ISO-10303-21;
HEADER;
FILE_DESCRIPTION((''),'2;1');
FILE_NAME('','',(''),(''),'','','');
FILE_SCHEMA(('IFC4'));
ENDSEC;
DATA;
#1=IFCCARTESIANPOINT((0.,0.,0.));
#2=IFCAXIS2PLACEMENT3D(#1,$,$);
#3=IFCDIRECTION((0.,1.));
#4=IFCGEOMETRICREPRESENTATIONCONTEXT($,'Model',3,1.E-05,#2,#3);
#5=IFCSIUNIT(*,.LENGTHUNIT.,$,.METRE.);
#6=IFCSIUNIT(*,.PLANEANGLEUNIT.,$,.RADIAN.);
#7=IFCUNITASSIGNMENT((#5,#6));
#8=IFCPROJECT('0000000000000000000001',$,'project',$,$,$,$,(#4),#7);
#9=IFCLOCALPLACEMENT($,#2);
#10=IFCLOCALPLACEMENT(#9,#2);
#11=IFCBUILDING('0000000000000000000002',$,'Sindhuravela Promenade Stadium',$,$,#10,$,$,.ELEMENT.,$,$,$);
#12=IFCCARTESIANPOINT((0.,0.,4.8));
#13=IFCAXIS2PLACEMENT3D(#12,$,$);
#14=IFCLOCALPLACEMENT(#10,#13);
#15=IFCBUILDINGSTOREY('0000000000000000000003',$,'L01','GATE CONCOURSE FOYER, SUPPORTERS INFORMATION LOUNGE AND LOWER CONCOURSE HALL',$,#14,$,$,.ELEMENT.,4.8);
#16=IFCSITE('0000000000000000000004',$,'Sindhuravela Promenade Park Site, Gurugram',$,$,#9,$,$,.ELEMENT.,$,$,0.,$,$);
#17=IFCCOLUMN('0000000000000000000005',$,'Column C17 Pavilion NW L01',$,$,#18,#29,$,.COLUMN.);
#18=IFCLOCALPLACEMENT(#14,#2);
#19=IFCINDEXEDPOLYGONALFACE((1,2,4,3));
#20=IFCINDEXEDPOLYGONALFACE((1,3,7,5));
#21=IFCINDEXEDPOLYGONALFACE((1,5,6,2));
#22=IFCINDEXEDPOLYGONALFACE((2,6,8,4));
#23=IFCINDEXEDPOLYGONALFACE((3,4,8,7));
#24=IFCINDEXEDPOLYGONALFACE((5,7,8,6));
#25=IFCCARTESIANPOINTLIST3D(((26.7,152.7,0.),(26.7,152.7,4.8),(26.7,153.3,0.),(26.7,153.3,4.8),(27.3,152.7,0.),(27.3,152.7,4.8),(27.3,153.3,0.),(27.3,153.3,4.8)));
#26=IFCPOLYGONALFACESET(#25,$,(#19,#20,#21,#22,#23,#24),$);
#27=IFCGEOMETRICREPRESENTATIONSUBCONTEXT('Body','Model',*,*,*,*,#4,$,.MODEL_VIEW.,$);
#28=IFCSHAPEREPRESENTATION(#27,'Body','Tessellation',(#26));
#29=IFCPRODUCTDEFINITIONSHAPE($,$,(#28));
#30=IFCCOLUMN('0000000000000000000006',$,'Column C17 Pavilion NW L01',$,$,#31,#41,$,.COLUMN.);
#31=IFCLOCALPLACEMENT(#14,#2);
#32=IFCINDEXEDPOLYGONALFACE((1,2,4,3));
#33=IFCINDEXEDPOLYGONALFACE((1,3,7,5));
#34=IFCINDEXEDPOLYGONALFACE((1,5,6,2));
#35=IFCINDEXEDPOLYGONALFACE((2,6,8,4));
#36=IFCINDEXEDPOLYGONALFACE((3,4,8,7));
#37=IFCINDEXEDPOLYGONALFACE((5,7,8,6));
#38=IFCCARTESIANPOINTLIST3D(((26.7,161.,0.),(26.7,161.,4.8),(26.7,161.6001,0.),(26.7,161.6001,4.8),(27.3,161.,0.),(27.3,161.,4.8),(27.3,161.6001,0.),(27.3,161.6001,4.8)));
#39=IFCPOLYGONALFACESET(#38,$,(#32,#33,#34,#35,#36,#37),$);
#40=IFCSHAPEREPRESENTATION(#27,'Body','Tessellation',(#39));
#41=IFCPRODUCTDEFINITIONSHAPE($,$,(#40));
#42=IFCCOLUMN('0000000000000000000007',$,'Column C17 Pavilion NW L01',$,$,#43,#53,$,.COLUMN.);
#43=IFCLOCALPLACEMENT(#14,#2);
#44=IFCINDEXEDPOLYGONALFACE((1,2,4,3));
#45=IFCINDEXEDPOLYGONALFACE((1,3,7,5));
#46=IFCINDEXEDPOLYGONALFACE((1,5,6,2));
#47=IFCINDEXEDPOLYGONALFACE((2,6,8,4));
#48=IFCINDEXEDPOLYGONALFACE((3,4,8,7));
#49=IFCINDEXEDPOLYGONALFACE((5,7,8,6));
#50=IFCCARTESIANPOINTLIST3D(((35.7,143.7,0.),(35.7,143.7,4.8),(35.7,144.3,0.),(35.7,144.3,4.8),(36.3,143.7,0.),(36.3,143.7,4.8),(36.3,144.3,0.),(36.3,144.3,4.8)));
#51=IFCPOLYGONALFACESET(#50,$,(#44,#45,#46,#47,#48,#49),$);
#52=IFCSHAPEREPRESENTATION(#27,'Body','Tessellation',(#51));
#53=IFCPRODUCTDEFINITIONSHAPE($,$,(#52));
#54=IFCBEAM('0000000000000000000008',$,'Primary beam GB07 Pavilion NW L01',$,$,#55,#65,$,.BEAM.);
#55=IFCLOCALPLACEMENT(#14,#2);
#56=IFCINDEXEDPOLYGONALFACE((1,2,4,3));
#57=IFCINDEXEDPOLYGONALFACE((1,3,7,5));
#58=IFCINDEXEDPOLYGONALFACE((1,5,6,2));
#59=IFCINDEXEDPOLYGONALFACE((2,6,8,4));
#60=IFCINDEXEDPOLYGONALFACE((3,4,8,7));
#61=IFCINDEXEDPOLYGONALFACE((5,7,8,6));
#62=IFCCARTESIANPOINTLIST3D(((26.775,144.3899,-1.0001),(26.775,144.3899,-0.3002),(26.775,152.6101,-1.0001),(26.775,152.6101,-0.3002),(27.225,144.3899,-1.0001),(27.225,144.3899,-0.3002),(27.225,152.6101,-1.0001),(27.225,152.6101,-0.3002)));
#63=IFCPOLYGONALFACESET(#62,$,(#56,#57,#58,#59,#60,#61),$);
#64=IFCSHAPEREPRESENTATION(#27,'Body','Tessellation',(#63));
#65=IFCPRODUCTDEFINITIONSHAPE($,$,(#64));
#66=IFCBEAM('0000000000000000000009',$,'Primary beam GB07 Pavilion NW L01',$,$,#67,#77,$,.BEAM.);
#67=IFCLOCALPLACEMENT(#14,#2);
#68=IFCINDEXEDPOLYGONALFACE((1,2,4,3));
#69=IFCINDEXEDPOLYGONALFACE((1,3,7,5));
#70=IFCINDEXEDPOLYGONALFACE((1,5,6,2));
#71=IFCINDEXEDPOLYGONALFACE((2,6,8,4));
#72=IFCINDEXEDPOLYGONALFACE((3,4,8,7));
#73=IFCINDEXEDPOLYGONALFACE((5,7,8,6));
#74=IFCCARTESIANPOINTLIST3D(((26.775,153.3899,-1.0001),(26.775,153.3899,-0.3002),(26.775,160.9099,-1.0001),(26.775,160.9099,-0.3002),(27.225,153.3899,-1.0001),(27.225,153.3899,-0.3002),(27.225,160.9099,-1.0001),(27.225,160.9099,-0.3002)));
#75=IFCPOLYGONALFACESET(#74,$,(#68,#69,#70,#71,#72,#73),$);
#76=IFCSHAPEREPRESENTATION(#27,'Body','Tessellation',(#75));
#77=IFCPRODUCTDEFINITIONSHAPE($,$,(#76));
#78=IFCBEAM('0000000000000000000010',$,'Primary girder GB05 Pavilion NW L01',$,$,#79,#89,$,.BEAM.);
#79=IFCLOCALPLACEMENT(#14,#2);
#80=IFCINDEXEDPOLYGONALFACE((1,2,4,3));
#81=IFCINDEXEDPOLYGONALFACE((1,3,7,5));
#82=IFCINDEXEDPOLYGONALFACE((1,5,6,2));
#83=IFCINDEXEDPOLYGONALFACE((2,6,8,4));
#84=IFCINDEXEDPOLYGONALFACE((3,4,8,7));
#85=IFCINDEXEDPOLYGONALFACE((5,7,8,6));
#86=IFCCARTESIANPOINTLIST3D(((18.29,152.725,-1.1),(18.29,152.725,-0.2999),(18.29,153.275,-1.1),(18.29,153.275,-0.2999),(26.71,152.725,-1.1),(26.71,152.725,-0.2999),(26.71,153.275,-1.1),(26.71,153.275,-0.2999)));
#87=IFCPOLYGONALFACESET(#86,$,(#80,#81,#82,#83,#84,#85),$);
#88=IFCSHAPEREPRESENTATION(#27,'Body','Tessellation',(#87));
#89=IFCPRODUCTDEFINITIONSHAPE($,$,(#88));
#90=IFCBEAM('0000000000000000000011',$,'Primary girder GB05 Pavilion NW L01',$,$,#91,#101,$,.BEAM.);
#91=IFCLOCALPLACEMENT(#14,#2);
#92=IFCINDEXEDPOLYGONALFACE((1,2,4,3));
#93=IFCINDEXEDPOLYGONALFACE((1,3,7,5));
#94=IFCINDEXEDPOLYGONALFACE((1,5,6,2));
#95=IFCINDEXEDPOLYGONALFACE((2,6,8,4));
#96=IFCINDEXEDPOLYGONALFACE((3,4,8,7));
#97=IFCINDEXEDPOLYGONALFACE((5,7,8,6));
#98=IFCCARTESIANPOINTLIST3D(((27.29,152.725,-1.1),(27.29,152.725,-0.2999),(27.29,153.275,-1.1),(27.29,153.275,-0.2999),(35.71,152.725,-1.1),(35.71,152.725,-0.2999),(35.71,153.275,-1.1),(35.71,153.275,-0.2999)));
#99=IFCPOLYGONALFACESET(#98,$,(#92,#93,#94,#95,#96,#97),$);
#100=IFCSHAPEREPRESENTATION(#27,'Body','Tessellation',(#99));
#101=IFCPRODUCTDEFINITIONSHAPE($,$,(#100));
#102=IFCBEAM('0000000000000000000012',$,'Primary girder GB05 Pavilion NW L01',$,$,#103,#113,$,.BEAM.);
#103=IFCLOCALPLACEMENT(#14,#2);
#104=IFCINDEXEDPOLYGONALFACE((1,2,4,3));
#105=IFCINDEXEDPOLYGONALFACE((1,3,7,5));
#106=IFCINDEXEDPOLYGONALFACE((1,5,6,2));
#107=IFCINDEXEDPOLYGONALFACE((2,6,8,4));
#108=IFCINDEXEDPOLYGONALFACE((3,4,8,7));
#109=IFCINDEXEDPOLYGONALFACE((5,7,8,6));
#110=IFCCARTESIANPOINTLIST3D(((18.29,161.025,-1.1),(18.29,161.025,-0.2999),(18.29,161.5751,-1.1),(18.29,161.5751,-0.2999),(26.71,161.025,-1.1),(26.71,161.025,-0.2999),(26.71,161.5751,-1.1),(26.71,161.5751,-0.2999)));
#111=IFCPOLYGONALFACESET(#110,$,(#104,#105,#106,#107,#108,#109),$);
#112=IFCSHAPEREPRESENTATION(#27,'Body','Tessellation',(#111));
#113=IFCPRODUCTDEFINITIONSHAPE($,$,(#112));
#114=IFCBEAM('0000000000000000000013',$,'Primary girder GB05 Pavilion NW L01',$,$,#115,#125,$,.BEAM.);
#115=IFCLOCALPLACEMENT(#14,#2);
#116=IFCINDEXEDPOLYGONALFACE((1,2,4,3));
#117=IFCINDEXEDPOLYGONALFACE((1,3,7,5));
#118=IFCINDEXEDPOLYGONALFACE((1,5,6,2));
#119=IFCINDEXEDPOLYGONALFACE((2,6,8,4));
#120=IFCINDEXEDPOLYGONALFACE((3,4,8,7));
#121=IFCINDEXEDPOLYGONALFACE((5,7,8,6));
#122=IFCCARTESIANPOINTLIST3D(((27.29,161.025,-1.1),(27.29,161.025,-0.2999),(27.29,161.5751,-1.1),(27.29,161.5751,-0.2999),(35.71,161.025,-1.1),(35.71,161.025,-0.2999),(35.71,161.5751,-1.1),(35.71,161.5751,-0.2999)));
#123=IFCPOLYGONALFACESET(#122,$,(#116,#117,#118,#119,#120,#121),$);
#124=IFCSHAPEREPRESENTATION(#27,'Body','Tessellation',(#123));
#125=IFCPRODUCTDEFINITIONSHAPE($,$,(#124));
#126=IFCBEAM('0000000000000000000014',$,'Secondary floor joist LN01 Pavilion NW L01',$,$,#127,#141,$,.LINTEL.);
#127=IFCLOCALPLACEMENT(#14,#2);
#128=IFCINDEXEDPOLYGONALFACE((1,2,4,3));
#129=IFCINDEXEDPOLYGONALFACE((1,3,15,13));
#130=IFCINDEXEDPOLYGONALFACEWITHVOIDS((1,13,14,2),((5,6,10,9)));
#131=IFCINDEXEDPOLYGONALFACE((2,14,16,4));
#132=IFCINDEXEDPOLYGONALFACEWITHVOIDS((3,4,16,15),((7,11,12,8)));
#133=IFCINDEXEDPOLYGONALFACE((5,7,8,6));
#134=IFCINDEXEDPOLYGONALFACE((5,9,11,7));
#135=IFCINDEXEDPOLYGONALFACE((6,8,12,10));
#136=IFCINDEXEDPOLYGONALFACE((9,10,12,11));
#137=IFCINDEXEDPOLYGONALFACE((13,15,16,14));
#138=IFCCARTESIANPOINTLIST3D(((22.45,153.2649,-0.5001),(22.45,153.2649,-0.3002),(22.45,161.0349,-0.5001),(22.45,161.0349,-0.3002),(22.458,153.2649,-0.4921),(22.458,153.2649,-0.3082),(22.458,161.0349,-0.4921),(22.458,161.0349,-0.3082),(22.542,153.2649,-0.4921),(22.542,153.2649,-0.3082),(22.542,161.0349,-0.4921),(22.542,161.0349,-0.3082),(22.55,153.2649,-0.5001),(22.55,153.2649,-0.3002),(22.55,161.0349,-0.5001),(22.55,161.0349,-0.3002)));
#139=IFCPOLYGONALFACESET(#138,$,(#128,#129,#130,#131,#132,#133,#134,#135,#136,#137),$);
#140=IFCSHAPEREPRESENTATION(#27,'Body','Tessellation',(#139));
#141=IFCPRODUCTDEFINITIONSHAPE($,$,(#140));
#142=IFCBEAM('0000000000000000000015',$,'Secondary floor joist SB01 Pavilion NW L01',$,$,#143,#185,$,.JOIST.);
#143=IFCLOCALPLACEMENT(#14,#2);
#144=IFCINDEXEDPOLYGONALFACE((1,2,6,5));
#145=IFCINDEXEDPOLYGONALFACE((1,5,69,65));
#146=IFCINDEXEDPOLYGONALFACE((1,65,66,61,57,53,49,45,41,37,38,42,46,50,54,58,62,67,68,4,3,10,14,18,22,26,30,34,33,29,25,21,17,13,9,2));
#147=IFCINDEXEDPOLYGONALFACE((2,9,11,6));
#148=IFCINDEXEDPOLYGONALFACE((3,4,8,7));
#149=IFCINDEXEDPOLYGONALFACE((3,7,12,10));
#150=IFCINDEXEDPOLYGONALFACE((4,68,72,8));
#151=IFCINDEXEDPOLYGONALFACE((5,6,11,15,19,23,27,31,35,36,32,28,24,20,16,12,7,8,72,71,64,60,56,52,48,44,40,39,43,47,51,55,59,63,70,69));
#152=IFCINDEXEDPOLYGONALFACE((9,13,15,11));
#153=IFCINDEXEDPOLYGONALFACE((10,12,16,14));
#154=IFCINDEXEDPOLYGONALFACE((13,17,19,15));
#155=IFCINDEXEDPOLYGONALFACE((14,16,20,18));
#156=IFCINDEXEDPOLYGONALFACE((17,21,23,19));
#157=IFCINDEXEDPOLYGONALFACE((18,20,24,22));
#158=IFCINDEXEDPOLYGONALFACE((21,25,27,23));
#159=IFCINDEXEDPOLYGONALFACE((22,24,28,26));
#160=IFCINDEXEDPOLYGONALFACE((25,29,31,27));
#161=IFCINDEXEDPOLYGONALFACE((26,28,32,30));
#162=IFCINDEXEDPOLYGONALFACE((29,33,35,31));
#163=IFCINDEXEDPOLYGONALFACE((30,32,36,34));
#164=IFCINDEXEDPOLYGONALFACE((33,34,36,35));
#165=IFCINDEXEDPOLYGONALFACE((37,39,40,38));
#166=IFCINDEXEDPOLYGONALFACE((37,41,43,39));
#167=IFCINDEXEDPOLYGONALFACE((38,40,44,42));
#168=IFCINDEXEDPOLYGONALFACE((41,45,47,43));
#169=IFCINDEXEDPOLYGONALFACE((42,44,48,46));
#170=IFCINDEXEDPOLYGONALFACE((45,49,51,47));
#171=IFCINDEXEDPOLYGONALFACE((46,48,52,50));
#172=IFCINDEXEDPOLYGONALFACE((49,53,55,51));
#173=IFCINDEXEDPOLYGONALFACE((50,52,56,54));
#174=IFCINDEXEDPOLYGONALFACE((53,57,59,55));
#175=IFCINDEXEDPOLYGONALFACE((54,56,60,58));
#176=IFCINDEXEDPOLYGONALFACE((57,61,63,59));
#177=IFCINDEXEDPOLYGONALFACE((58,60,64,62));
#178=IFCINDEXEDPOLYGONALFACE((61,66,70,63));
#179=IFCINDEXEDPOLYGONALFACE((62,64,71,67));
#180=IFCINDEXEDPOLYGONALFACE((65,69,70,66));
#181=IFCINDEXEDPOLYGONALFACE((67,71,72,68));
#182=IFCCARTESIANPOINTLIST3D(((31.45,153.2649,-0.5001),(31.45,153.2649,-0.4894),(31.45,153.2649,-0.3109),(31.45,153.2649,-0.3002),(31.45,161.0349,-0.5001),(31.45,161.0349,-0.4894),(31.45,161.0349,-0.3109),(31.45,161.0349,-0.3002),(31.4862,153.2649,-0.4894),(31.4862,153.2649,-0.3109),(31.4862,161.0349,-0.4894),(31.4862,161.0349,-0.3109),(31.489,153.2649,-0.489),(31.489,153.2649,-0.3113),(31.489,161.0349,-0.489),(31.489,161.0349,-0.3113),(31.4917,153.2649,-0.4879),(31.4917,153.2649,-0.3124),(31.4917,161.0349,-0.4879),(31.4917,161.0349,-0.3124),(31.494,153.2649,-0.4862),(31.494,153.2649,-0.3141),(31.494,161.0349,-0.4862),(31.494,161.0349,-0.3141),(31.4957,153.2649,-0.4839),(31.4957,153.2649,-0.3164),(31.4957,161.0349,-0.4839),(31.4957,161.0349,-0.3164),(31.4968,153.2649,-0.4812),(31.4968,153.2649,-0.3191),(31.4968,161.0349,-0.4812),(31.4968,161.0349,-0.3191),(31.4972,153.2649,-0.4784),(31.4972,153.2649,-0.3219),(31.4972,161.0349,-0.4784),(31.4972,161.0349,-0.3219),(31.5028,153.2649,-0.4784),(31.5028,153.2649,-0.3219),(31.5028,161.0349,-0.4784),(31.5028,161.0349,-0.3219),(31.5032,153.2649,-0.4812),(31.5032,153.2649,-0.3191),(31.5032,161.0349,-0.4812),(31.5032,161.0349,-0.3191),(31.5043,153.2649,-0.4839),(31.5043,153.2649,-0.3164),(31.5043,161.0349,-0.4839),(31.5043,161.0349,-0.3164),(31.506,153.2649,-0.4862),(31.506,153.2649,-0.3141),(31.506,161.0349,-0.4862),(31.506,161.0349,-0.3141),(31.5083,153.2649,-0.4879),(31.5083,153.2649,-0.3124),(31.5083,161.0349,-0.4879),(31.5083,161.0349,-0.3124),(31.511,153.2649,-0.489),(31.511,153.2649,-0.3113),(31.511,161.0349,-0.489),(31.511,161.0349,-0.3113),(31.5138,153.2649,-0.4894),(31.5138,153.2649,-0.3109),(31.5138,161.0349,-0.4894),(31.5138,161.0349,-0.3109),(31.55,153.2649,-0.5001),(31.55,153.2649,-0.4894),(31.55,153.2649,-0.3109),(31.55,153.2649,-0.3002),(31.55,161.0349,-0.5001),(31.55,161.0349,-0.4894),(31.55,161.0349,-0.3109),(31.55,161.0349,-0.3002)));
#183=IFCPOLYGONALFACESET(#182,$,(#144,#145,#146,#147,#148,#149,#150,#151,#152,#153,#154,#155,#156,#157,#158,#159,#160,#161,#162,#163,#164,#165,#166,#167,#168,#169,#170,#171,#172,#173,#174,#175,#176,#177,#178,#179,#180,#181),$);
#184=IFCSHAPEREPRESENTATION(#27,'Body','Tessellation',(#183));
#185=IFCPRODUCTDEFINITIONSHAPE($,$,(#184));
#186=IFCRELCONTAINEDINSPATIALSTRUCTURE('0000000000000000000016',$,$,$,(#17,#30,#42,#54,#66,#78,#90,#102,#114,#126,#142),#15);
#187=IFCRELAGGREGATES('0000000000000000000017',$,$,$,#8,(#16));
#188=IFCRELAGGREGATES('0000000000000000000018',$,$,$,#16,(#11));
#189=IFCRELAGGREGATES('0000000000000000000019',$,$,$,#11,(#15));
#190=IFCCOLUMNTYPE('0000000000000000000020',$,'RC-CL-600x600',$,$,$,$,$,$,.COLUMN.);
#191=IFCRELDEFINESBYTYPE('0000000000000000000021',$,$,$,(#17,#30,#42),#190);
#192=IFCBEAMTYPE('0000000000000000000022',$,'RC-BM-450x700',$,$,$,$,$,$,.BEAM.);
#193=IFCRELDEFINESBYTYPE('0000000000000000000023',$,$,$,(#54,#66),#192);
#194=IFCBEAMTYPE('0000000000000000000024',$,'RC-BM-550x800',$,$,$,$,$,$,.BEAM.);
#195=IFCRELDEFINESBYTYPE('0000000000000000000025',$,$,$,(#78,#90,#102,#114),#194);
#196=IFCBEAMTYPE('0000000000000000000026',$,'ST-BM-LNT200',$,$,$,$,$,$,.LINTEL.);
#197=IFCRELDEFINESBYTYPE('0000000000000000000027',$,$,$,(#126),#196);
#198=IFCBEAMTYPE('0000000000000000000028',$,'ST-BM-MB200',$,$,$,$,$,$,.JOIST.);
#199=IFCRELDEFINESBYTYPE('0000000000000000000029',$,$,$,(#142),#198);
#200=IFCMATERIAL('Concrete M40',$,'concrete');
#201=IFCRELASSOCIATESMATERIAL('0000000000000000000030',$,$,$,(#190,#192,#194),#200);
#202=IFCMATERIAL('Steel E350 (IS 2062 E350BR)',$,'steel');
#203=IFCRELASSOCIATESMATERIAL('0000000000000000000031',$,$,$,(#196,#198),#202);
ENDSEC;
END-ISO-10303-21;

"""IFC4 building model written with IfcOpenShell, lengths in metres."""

from ifc_helpers import new_model, si_unit, direction, frame, origin, origin_2d, place, context, subcontext, project, spatial, rectangle, hollow_rectangle, i_section, extrude, material, material_profile, profile_set, type_object, element, save


model = new_model("IFC4")

# Units and contexts
model_context = context("Model", 3, precision=1e-05, world=origin(), true_north=direction((0.0, 1.0)))
body_context = subcontext(model_context, "Body", "Model", "MODEL_VIEW")
ifc_project = project(units=[si_unit("LENGTHUNIT", "METRE"), si_unit("PLANEANGLEUNIT", "RADIAN")], contexts=[model_context])

# Site, building, storey
site_placement = place(None, origin())
site = spatial("IfcSite", under=ifc_project, at=site_placement, Name="Sindhuravela Promenade Park Site, Gurugram", CompositionType="ELEMENT", RefElevation=0.0)
building_placement = place(site_placement, origin())
building = spatial("IfcBuilding", under=site, at=building_placement, Name="Sindhuravela Promenade Stadium", CompositionType="ELEMENT")
storey_placement = place(building_placement, frame((0.0, 0.0, 4.8)))
storey = spatial("IfcBuildingStorey", under=building, at=storey_placement, Name="L01", Description="GATE CONCOURSE FOYER, SUPPORTERS INFORMATION LOUNGE AND LOWER CONCOURSE HALL", CompositionType="ELEMENT", Elevation=4.8)

# Columns
ifc_material_1 = material(Name="Concrete M40", Category="concrete")
ifc_material_profile_1 = material_profile(ifc_material_1, rectangle(XDim=0.6001, YDim=0.6001, at=origin_2d()), Name="RC 600x600")
ifc_profile_set_1 = profile_set([ifc_material_profile_1], Name="Concrete M40")
column_type = type_object("IfcColumnType", Name="RC-CL-600x600", PredefinedType="COLUMN", material=ifc_profile_set_1)
for number, where, z_axis, x_axis, name in (
    (1, (27.0, 153.0, 0.0), (0.0, 0.0, 1.0), (1.0, 0.0, 0.0), "Column C17 Pavilion NW L01"),
    (2, (27.0, 161.3, 0.0), (0.0, 0.0, 1.0), (1.0, 0.0, 0.0), "Column C17 Pavilion NW L01"),
    (3, (36.0, 144.0, 0.0), (0.0, 0.0, 1.0), (1.0, 0.0, 0.0), "Column C17 Pavilion NW L01"),
):
    element("IfcColumn", number, at=place(storey_placement, frame(where, z_axis=z_axis, x_axis=x_axis)), inside=storey, type_object=column_type, Name=name, PredefinedType="COLUMN", context=body_context, shape_type="SweptSolid", body=[
        extrude(rectangle(XDim=0.6001, YDim=0.6001, at=origin_2d()), origin(), (0.0, 0.0, 1.0), 4.8),
    ])

# Beams
ifc_material_profile_2 = material_profile(ifc_material_1, rectangle(XDim=0.45, YDim=0.7, at=origin_2d()), Name="RC 450x700")
ifc_profile_set_2 = profile_set([ifc_material_profile_2], Name="Concrete M40")
beam_type_1 = type_object("IfcBeamType", Name="RC-BM-450x700", PredefinedType="BEAM", material=ifc_profile_set_2)
beam_1_placement = place(storey_placement, frame((27.0, 144.3899, -0.6501), z_axis=(0.0, 1.0, 0.0), x_axis=(-1.0, 0.0, 0.0)))
element("IfcBeam", 4, at=beam_1_placement, inside=storey, type_object=beam_type_1, Name="Primary beam GB07 Pavilion NW L01", PredefinedType="BEAM", context=body_context, shape_type="SweptSolid", body=[
    extrude(rectangle(XDim=0.45, YDim=0.7, at=origin_2d()), origin(), (0.0, 0.0, 1.0), 8.2202),
])
beam_2_placement = place(storey_placement, frame((27.0, 153.3899, -0.6501), z_axis=(0.0, 1.0, 0.0), x_axis=(-1.0, 0.0, 0.0)))
element("IfcBeam", 5, at=beam_2_placement, inside=storey, type_object=beam_type_1, Name="Primary beam GB07 Pavilion NW L01", PredefinedType="BEAM", context=body_context, shape_type="SweptSolid", body=[
    extrude(rectangle(XDim=0.45, YDim=0.7, at=origin_2d()), origin(), (0.0, 0.0, 1.0), 7.52),
])
ifc_material_profile_3 = material_profile(ifc_material_1, rectangle(XDim=0.55, YDim=0.8, at=origin_2d()), Name="RC 550x800")
ifc_profile_set_3 = profile_set([ifc_material_profile_3], Name="Concrete M40")
beam_type_2 = type_object("IfcBeamType", Name="RC-BM-550x800", PredefinedType="BEAM", material=ifc_profile_set_3)
for number, where, z_axis, x_axis, name in (
    (6, (18.29, 153.0, -0.7), (1.0, 0.0, 0.0), (0.0, 1.0, 0.0), "Primary girder GB05 Pavilion NW L01"),
    (7, (27.29, 153.0, -0.7), (1.0, 0.0, 0.0), (0.0, 1.0, 0.0), "Primary girder GB05 Pavilion NW L01"),
    (8, (18.29, 161.3, -0.7), (1.0, 0.0, 0.0), (0.0, 1.0, 0.0), "Primary girder GB05 Pavilion NW L01"),
    (9, (27.29, 161.3, -0.7), (1.0, 0.0, 0.0), (0.0, 1.0, 0.0), "Primary girder GB05 Pavilion NW L01"),
):
    element("IfcBeam", number, at=place(storey_placement, frame(where, z_axis=z_axis, x_axis=x_axis)), inside=storey, type_object=beam_type_2, Name=name, PredefinedType="BEAM", context=body_context, shape_type="SweptSolid", body=[
        extrude(rectangle(XDim=0.55, YDim=0.8, at=origin_2d()), origin(), (0.0, 0.0, 1.0), 8.4199),
    ])
ifc_material_2 = material(Name="Steel E350 (IS 2062 E350BR)", Category="steel")
ifc_material_profile_4 = material_profile(ifc_material_2, hollow_rectangle(XDim=0.1001, YDim=0.2, WallThickness=0.0081, at=origin_2d()), Name="RHS 200x100x8")
ifc_profile_set_4 = profile_set([ifc_material_profile_4], Name="Steel E350 (IS 2062 E350BR)")
beam_type_3 = type_object("IfcBeamType", Name="ST-BM-LNT200", PredefinedType="LINTEL", material=ifc_profile_set_4)
beam_3_placement = place(storey_placement, frame((22.5, 153.2649, -0.4001), z_axis=(0.0, 1.0, 0.0), x_axis=(-1.0, 0.0, 0.0)))
element("IfcBeam", 10, at=beam_3_placement, inside=storey, type_object=beam_type_3, Name="Secondary floor joist LN01 Pavilion NW L01", PredefinedType="LINTEL", context=body_context, shape_type="SweptSolid", body=[
    extrude(hollow_rectangle(XDim=0.1001, YDim=0.2, WallThickness=0.0081, at=origin_2d()), origin(), (0.0, 0.0, 1.0), 7.77),
])
ifc_material_profile_5 = material_profile(ifc_material_2, i_section(OverallWidth=0.1001, OverallDepth=0.2, WebThickness=0.0056, FlangeThickness=0.0107, FilletRadius=0.011, at=origin_2d()), Name="ISMB 200")
ifc_profile_set_5 = profile_set([ifc_material_profile_5], Name="Steel E350 (IS 2062 E350BR)")
beam_type_4 = type_object("IfcBeamType", Name="ST-BM-MB200", PredefinedType="JOIST", material=ifc_profile_set_5)
beam_4_placement = place(storey_placement, frame((31.5, 153.2649, -0.4001), z_axis=(0.0, 1.0, 0.0), x_axis=(-1.0, 0.0, 0.0)))
element("IfcBeam", 11, at=beam_4_placement, inside=storey, type_object=beam_type_4, Name="Secondary floor joist SB01 Pavilion NW L01", PredefinedType="JOIST", context=body_context, shape_type="SweptSolid", body=[
    extrude(i_section(OverallWidth=0.1001, OverallDepth=0.2, WebThickness=0.0056, FlangeThickness=0.0107, FilletRadius=0.011, at=origin_2d()), origin(), (0.0, 0.0, 1.0), 7.77),
])

save(model, "model.ifc")
